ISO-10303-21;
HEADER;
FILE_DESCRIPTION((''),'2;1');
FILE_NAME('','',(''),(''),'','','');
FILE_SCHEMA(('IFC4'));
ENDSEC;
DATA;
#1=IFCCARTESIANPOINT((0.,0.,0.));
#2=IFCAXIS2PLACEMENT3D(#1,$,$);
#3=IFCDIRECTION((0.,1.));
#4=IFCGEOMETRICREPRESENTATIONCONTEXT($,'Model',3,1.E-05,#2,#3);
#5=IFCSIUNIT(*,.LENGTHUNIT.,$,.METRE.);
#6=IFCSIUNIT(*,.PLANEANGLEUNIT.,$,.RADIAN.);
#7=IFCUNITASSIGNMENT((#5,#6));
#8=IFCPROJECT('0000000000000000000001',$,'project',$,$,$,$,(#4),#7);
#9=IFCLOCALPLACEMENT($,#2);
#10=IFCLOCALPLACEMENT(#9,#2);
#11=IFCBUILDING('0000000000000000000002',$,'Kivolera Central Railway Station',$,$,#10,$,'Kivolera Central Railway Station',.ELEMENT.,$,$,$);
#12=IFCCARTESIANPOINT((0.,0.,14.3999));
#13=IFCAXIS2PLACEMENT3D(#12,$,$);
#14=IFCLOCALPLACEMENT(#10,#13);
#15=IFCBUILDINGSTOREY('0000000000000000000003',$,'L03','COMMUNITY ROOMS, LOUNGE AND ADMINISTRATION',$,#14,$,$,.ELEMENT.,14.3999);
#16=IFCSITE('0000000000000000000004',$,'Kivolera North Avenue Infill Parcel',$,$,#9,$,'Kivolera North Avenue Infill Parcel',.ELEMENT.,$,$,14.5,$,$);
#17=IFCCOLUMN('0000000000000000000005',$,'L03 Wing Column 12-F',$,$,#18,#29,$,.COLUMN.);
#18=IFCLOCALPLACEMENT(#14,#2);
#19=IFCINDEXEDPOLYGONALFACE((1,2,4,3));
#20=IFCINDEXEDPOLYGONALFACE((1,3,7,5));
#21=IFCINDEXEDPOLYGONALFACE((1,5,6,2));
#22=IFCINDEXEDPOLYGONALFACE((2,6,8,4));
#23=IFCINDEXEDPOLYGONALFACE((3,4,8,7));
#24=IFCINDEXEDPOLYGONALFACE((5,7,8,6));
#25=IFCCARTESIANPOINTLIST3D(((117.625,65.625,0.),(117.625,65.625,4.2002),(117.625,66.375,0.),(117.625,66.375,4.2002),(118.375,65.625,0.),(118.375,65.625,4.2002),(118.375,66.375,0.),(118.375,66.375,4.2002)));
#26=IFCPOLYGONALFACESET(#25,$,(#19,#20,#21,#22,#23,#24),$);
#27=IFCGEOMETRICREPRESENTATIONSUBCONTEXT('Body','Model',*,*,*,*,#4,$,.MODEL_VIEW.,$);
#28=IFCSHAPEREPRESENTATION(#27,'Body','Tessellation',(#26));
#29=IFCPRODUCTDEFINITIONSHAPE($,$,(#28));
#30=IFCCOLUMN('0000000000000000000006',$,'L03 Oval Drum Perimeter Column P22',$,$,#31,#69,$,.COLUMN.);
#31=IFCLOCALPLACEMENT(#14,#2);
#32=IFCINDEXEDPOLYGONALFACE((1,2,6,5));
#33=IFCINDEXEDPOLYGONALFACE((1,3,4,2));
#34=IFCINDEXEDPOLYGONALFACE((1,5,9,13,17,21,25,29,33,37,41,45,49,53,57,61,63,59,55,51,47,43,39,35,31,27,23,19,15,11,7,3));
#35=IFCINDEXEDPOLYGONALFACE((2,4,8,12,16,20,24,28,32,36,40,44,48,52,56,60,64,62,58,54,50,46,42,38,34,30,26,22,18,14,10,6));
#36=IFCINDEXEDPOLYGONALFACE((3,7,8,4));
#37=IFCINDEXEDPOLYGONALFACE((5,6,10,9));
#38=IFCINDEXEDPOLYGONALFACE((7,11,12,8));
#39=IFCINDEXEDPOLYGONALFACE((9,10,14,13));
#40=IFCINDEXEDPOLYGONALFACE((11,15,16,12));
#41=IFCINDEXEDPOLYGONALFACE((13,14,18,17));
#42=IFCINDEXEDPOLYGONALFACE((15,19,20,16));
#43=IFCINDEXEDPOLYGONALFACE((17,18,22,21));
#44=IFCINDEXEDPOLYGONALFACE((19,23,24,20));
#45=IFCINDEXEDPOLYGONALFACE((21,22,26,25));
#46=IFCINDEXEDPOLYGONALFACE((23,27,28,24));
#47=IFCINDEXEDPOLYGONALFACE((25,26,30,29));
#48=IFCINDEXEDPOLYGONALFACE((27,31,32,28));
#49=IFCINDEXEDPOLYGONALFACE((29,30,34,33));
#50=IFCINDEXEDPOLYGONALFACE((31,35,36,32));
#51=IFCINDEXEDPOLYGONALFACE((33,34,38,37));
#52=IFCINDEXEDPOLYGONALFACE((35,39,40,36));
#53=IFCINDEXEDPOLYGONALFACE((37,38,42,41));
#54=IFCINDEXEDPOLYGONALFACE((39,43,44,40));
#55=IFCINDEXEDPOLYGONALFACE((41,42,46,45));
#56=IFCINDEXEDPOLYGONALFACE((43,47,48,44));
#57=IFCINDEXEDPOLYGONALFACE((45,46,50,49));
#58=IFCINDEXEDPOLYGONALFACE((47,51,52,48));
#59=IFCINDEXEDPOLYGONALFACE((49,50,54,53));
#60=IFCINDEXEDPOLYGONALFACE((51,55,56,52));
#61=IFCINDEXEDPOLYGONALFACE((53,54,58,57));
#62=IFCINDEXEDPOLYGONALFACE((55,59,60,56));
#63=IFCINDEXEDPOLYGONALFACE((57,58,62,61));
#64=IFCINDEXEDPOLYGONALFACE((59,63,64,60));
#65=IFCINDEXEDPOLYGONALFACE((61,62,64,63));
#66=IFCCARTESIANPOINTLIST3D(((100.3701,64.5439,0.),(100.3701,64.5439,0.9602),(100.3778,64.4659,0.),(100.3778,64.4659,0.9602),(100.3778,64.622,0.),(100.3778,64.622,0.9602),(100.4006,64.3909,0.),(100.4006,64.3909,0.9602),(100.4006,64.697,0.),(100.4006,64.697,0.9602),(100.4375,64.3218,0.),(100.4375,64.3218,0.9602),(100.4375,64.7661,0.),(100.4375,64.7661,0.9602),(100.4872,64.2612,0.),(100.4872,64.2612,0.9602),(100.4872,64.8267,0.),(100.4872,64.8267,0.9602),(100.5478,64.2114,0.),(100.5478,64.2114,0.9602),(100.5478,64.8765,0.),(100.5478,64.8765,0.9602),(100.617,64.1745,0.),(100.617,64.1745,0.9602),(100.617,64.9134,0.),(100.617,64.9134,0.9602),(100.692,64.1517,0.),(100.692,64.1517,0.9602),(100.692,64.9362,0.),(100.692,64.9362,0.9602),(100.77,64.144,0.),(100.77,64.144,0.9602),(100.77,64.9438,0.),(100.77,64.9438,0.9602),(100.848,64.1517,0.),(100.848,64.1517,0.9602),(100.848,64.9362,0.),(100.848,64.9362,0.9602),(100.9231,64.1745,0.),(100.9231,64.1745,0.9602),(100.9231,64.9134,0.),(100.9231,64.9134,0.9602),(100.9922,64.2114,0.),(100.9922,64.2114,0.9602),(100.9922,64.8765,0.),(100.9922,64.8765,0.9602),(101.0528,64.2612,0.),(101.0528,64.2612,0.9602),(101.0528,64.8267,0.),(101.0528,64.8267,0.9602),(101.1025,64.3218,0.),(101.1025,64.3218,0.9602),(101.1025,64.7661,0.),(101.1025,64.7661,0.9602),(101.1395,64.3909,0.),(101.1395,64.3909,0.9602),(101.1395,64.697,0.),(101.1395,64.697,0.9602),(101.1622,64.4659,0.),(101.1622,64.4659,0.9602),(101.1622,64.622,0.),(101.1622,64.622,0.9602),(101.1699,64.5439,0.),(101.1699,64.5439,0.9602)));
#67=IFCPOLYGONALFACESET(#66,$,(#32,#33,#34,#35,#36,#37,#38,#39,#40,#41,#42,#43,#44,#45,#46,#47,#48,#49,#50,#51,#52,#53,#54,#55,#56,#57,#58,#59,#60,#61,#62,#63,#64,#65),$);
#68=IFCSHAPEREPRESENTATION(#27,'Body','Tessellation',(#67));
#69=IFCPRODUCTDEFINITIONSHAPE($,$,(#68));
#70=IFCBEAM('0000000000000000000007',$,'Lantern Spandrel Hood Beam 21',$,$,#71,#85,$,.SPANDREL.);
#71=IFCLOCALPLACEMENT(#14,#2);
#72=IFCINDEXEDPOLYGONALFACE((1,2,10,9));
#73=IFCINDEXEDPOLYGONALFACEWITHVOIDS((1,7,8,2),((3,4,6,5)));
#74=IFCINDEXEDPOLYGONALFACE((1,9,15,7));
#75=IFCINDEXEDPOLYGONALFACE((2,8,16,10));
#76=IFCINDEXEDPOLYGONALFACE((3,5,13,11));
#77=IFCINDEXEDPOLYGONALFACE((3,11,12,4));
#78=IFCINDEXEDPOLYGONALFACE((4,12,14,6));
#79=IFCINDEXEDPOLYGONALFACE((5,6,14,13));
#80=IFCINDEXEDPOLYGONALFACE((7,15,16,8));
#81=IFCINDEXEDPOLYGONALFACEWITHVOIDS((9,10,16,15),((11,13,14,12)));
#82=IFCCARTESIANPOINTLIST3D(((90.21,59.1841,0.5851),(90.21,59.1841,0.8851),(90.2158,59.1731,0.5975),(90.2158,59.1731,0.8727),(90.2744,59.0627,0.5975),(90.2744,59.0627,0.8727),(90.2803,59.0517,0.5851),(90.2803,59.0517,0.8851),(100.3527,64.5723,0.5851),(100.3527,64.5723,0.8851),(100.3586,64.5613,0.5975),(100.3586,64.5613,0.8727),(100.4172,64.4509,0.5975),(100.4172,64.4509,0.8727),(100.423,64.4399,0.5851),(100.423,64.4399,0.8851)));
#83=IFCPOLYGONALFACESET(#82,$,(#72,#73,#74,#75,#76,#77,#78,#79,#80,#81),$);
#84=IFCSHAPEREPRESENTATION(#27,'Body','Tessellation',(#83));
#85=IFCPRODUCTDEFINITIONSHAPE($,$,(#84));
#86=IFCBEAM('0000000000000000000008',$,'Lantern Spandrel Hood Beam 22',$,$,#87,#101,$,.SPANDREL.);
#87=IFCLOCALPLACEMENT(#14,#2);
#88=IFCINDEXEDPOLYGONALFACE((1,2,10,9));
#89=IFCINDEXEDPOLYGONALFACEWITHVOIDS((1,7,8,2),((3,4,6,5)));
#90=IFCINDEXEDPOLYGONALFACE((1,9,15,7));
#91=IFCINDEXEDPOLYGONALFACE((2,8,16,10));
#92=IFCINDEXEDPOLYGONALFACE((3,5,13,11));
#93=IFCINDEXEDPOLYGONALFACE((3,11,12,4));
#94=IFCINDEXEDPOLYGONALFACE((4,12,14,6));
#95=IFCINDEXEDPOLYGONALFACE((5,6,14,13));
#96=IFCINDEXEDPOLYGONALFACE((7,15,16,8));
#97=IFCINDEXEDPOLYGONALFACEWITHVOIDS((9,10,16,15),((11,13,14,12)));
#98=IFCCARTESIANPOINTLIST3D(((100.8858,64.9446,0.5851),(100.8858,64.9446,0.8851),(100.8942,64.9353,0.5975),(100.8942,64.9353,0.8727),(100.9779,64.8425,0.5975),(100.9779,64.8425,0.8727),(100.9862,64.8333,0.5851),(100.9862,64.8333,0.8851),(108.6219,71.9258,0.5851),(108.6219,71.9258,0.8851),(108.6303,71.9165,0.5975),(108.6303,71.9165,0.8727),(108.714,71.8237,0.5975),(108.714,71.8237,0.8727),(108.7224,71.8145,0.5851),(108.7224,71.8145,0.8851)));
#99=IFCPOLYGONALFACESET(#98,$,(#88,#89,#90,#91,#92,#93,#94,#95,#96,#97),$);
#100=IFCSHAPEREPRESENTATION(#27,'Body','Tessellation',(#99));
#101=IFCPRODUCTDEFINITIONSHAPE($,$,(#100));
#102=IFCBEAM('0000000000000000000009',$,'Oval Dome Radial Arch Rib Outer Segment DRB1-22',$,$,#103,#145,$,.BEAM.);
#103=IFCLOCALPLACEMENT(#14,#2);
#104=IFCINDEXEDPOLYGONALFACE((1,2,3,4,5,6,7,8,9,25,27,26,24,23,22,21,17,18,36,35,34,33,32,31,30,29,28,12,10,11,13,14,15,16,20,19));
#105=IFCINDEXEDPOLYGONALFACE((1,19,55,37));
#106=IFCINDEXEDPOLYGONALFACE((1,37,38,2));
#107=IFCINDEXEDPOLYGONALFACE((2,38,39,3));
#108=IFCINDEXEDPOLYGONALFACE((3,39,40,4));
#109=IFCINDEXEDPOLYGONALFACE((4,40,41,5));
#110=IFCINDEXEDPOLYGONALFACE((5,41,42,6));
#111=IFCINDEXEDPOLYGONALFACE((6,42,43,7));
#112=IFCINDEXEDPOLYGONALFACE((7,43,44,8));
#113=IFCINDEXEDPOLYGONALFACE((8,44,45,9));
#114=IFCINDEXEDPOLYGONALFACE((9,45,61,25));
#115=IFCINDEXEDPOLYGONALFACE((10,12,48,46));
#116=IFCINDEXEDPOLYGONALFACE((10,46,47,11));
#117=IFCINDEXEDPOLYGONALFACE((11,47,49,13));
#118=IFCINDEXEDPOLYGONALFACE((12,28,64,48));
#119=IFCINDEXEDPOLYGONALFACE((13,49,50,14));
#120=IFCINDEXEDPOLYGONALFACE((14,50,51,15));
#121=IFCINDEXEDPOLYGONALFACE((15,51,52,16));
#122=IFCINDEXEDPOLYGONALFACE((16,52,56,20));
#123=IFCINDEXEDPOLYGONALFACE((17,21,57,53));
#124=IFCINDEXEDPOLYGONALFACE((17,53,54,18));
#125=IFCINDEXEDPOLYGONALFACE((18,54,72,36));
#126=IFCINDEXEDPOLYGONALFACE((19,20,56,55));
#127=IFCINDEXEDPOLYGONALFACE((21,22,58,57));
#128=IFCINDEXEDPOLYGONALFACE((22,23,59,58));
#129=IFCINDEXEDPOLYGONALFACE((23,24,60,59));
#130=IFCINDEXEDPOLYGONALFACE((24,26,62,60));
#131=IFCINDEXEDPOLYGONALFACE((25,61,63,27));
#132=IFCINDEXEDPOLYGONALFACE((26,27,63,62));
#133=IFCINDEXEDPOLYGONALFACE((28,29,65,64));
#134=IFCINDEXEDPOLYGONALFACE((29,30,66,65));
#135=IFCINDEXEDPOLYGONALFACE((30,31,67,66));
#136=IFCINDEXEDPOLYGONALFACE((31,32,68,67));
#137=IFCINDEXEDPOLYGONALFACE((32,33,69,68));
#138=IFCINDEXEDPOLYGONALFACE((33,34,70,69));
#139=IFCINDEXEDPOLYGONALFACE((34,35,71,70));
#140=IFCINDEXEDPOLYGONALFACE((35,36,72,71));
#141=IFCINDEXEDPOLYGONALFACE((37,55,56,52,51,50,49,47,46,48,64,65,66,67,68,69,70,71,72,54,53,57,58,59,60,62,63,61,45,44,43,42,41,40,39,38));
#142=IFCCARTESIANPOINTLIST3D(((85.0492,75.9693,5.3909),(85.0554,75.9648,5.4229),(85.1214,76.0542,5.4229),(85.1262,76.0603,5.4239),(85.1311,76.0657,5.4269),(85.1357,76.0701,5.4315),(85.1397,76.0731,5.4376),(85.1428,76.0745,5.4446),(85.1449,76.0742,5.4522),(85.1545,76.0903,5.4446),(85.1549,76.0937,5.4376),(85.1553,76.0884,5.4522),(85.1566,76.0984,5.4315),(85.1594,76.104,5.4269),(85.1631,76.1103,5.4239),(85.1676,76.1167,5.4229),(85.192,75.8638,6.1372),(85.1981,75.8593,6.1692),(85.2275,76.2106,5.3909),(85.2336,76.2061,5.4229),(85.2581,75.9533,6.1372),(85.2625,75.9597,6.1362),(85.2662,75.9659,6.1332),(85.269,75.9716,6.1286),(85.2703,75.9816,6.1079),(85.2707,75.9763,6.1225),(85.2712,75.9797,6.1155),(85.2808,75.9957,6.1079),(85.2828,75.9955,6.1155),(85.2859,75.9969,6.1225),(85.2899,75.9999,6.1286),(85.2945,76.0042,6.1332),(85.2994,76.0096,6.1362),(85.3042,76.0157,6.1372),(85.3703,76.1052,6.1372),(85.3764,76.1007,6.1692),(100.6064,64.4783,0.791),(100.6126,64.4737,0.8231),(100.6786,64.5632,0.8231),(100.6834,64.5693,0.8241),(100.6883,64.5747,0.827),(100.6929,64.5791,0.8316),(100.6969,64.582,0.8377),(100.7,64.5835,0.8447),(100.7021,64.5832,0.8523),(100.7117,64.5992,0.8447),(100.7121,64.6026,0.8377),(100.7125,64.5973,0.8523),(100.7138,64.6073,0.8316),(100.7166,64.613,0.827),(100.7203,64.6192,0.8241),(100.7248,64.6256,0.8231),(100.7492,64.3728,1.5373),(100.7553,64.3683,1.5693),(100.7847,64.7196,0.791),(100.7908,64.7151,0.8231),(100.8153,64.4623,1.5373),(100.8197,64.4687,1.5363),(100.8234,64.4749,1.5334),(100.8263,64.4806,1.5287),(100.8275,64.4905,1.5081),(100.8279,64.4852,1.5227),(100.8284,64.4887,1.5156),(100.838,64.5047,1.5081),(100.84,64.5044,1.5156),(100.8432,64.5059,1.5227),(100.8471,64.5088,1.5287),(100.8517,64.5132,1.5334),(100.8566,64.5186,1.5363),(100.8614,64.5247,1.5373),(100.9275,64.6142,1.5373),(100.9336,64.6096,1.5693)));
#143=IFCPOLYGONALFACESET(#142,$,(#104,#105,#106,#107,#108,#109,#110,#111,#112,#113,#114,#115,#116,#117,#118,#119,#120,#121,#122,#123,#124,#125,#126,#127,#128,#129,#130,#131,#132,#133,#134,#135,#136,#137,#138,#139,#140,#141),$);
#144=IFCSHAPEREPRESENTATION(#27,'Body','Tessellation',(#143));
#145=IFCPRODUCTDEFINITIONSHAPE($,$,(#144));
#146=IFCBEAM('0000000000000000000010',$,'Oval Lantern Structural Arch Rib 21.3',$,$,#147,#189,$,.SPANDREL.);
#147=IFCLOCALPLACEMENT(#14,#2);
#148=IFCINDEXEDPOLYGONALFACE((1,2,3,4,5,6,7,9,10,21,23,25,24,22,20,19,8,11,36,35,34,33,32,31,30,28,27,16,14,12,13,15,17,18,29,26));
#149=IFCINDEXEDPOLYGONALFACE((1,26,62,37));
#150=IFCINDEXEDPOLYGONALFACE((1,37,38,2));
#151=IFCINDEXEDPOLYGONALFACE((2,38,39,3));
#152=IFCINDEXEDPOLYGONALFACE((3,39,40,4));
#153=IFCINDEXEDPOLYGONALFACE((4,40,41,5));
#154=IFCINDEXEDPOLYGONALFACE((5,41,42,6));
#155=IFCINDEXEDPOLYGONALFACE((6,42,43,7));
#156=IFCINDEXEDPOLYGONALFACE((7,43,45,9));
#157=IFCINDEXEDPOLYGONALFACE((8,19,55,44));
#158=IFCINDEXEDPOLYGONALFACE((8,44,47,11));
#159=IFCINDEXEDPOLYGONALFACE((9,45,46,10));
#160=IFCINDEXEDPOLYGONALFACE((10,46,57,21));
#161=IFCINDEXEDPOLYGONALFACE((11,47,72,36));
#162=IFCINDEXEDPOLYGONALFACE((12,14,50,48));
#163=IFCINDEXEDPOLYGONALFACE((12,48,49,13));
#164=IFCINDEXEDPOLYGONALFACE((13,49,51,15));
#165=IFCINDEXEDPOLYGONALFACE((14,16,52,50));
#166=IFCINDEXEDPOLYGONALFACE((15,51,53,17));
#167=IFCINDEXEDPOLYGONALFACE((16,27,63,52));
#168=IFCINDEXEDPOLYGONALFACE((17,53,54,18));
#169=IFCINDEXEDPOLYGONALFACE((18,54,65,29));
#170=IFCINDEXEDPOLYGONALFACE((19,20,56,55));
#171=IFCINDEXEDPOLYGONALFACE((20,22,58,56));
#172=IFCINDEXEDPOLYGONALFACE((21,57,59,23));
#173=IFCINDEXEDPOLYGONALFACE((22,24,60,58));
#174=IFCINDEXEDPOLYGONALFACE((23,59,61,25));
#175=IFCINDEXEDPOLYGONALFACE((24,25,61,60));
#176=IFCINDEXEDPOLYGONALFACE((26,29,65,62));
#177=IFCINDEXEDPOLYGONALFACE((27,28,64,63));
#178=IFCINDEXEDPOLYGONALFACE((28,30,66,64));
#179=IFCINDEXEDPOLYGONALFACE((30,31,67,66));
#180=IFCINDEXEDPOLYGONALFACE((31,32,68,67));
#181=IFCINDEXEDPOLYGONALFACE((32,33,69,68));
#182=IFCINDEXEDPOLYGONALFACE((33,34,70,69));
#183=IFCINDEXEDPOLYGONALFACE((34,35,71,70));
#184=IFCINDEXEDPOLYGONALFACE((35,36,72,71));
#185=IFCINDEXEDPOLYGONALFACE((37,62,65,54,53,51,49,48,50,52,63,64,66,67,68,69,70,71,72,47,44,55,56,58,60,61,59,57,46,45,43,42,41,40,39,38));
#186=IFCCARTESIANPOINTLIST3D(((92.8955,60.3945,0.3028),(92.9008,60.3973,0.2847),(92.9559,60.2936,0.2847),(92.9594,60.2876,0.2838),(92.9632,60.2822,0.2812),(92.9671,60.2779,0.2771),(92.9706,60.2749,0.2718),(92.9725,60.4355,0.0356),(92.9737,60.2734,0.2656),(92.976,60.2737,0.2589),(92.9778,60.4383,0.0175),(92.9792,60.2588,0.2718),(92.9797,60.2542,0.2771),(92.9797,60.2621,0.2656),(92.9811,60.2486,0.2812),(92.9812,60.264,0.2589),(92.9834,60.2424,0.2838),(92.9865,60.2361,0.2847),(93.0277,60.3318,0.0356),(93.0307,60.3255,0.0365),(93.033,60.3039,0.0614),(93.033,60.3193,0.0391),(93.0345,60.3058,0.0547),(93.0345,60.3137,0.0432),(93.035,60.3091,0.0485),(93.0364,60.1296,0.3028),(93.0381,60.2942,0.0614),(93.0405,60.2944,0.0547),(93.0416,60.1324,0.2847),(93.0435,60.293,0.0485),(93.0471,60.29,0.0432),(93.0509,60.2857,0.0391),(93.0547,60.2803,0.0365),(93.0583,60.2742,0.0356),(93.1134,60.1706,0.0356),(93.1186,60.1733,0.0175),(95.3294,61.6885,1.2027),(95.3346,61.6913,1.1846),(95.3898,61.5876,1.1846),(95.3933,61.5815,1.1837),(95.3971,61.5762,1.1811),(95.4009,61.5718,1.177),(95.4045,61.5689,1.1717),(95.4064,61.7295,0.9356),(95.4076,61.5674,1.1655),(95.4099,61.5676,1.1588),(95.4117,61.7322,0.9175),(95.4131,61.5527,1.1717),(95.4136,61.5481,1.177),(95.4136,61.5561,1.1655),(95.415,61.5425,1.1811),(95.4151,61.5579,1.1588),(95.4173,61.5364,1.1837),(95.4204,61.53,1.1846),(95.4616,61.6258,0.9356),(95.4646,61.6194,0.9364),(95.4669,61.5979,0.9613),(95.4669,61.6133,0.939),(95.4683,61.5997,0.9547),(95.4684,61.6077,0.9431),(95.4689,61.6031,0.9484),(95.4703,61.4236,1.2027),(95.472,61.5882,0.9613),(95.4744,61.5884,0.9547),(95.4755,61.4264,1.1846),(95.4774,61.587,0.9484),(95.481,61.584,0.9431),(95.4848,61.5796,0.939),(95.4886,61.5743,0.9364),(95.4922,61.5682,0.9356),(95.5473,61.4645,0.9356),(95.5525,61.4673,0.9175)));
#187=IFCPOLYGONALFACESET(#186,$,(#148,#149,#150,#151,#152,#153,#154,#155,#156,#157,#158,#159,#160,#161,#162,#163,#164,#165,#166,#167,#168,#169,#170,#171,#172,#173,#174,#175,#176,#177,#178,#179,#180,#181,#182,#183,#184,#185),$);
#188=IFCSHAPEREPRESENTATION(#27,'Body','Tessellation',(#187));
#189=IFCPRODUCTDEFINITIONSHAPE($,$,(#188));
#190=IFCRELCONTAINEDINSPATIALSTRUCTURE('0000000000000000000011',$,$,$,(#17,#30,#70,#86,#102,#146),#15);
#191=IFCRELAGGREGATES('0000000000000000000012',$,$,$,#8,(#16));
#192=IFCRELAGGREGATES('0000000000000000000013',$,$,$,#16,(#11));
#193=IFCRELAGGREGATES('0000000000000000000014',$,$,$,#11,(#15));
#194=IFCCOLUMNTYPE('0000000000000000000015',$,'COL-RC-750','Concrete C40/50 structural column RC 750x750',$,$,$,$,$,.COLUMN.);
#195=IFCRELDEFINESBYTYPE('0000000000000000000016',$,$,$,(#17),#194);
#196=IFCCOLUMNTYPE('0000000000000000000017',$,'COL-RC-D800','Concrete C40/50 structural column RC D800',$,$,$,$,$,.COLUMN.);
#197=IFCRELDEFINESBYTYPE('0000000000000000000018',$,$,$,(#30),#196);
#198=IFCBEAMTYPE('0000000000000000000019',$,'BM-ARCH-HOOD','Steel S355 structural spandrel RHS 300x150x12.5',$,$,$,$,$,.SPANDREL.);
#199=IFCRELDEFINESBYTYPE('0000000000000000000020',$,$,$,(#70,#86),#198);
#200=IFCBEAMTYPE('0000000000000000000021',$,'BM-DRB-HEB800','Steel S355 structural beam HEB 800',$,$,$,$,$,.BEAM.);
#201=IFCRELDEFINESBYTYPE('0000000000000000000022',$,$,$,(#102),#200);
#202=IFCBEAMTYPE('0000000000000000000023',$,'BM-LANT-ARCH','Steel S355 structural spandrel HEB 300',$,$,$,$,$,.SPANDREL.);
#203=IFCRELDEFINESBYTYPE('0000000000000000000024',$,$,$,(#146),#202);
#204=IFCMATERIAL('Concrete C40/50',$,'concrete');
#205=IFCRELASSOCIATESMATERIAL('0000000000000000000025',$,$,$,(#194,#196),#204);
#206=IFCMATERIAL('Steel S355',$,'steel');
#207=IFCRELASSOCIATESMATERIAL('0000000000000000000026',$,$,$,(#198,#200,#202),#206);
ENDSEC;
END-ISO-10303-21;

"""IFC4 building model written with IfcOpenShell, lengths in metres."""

from ifc_helpers import new_model, si_unit, direction, frame, origin, origin_2d, place, context, subcontext, project, spatial, rectangle, hollow_rectangle, circle, i_section, extrude, material, material_profile, profile_set, type_object, element, save


model = new_model("IFC4")

# Units and contexts
model_context = context("Model", 3, precision=1e-05, world=origin(), true_north=direction((0.0, 1.0)))
body_context = subcontext(model_context, "Body", "Model", "MODEL_VIEW")
ifc_project = project(units=[si_unit("LENGTHUNIT", "METRE"), si_unit("PLANEANGLEUNIT", "RADIAN")], contexts=[model_context])

# Site, building, storey
site_placement = place(None, origin())
site = spatial("IfcSite", under=ifc_project, at=site_placement, Name="Kivolera North Avenue Infill Parcel", LongName="Kivolera North Avenue Infill Parcel", CompositionType="ELEMENT", RefElevation=14.5)
building_placement = place(site_placement, origin())
building = spatial("IfcBuilding", under=site, at=building_placement, Name="Kivolera Central Railway Station", LongName="Kivolera Central Railway Station", CompositionType="ELEMENT")
storey_placement = place(building_placement, frame((0.0, 0.0, 14.3999)))
storey = spatial("IfcBuildingStorey", under=building, at=storey_placement, Name="L03", Description="COMMUNITY ROOMS, LOUNGE AND ADMINISTRATION", CompositionType="ELEMENT", Elevation=14.3999)

# Columns
ifc_material_1 = material(Name="Concrete C40/50", Category="concrete")
ifc_material_profile_1 = material_profile(ifc_material_1, rectangle(XDim=0.75, YDim=0.75, at=origin_2d()), Name="RC 750x750")
ifc_profile_set_1 = profile_set([ifc_material_profile_1], Name="Concrete C40/50")
column_type_1 = type_object("IfcColumnType", Name="COL-RC-750", Description="Concrete C40/50 structural column RC 750x750", PredefinedType="COLUMN", material=ifc_profile_set_1)
column_1_placement = place(storey_placement, frame((118.0, 66.0, 0.0), z_axis=(0.0, 0.0, 1.0), x_axis=(1.0, 0.0, 0.0)))
element("IfcColumn", 1, at=column_1_placement, inside=storey, type_object=column_type_1, Name="L03 Wing Column 12-F", PredefinedType="COLUMN", context=body_context, shape_type="SweptSolid", body=[
    extrude(rectangle(XDim=0.75, YDim=0.75, at=origin_2d()), origin(), (0.0, 0.0, 1.0), 4.2002),
])
ifc_material_profile_2 = material_profile(ifc_material_1, circle(Radius=0.3999, at=origin_2d()), Name="RC D800")
ifc_profile_set_2 = profile_set([ifc_material_profile_2], Name="Concrete C40/50")
column_type_2 = type_object("IfcColumnType", Name="COL-RC-D800", Description="Concrete C40/50 structural column RC D800", PredefinedType="COLUMN", material=ifc_profile_set_2)
column_2_placement = place(storey_placement, frame((100.77, 64.5439, 0.0), z_axis=(0.0, 0.0, 1.0), x_axis=(1.0, 0.0, 0.0)))
element("IfcColumn", 2, at=column_2_placement, inside=storey, type_object=column_type_2, Name="L03 Oval Drum Perimeter Column P22", PredefinedType="COLUMN", context=body_context, shape_type="SweptSolid", body=[
    extrude(circle(Radius=0.3999, at=origin_2d()), origin(), (0.0, 0.0, 1.0), 0.9602),
])

# Beams
ifc_material_2 = material(Name="Steel S355", Category="steel")
ifc_material_profile_3 = material_profile(ifc_material_2, hollow_rectangle(XDim=0.1499, YDim=0.3, WallThickness=0.0125, at=origin_2d()), Name="RHS 300x150x12.5")
ifc_profile_set_3 = profile_set([ifc_material_profile_3], Name="Steel S355")
beam_type_1 = type_object("IfcBeamType", Name="BM-ARCH-HOOD", Description="Steel S355 structural spandrel RHS 300x150x12.5", PredefinedType="SPANDREL", material=ifc_profile_set_3)
beam_1_placement = place(storey_placement, frame((90.2451, 59.1179, 0.7351), z_axis=(0.883123, 0.469142, 0.0), x_axis=(-0.469142, 0.883123, 0.0)))
element("IfcBeam", 3, at=beam_1_placement, inside=storey, type_object=beam_type_1, Name="Lantern Spandrel Hood Beam 21", PredefinedType="SPANDREL", context=body_context, shape_type="SweptSolid", body=[
    extrude(hollow_rectangle(XDim=0.1499, YDim=0.3, WallThickness=0.0125, at=origin_2d()), origin(), (0.0, 0.0, 1.0), 11.4851),
])
beam_2_placement = place(storey_placement, frame((100.936, 64.8889, 0.7351), z_axis=(0.7424, 0.669957, 0.0), x_axis=(-0.669957, 0.7424, 0.0)))
element("IfcBeam", 4, at=beam_2_placement, inside=storey, type_object=beam_type_1, Name="Lantern Spandrel Hood Beam 22", PredefinedType="SPANDREL", context=body_context, shape_type="SweptSolid", body=[
    extrude(hollow_rectangle(XDim=0.1499, YDim=0.3, WallThickness=0.0125, at=origin_2d()), origin(), (0.0, 0.0, 1.0), 10.4204),
])
ifc_material_profile_4 = material_profile(ifc_material_2, i_section(OverallWidth=0.3, OverallDepth=0.8, WebThickness=0.0176, FlangeThickness=0.033, FilletRadius=0.03, at=origin_2d()), Name="HEB 800")
ifc_profile_set_4 = profile_set([ifc_material_profile_4], Name="Steel S355")
beam_type_2 = type_object("IfcBeamType", Name="BM-DRB-HEB800", Description="Steel S355 structural beam HEB 800", PredefinedType="BEAM", material=ifc_profile_set_4)
beam_3_placement = place(storey_placement, frame((100.77, 64.5439, 1.1802), z_axis=(-0.782541, 0.578009, 0.231378), x_axis=(-0.594131, -0.804368, 0.0)))
element("IfcBeam", 5, at=beam_3_placement, inside=storey, type_object=beam_type_2, Name="Oval Dome Radial Arch Rib Outer Segment DRB1-22", PredefinedType="BEAM", context=body_context, shape_type="SweptSolid", body=[
    extrude(i_section(OverallWidth=0.3, OverallDepth=0.8, WebThickness=0.0176, FlangeThickness=0.033, FilletRadius=0.03, at=origin_2d()), origin(), (0.0, 0.0, 1.0), 19.8804),
])
ifc_material_profile_5 = material_profile(ifc_material_2, i_section(OverallWidth=0.3, OverallDepth=0.3, WebThickness=0.011, FlangeThickness=0.019, FilletRadius=0.0271, at=origin_2d()), Name="HEB 300")
ifc_profile_set_5 = profile_set([ifc_material_profile_5], Name="Steel S355")
beam_type_3 = type_object("IfcBeamType", Name="BM-LANT-ARCH", Description="Steel S355 structural spandrel HEB 300", PredefinedType="SPANDREL", material=ifc_profile_set_5)
beam_4_placement = place(storey_placement, frame((93.0071, 60.2839, 0.1602), z_axis=(0.83937, 0.446249, 0.310354), x_axis=(-0.469429, 0.88297, 0.0)))
element("IfcBeam", 6, at=beam_4_placement, inside=storey, type_object=beam_type_3, Name="Oval Lantern Structural Arch Rib 21.3", PredefinedType="SPANDREL", context=body_context, shape_type="SweptSolid", body=[
    extrude(i_section(OverallWidth=0.3, OverallDepth=0.3, WebThickness=0.011, FlangeThickness=0.019, FilletRadius=0.0271, at=origin_2d()), origin(), (0.0, 0.0, 1.0), 2.8997),
])

save(model, "model.ifc")
